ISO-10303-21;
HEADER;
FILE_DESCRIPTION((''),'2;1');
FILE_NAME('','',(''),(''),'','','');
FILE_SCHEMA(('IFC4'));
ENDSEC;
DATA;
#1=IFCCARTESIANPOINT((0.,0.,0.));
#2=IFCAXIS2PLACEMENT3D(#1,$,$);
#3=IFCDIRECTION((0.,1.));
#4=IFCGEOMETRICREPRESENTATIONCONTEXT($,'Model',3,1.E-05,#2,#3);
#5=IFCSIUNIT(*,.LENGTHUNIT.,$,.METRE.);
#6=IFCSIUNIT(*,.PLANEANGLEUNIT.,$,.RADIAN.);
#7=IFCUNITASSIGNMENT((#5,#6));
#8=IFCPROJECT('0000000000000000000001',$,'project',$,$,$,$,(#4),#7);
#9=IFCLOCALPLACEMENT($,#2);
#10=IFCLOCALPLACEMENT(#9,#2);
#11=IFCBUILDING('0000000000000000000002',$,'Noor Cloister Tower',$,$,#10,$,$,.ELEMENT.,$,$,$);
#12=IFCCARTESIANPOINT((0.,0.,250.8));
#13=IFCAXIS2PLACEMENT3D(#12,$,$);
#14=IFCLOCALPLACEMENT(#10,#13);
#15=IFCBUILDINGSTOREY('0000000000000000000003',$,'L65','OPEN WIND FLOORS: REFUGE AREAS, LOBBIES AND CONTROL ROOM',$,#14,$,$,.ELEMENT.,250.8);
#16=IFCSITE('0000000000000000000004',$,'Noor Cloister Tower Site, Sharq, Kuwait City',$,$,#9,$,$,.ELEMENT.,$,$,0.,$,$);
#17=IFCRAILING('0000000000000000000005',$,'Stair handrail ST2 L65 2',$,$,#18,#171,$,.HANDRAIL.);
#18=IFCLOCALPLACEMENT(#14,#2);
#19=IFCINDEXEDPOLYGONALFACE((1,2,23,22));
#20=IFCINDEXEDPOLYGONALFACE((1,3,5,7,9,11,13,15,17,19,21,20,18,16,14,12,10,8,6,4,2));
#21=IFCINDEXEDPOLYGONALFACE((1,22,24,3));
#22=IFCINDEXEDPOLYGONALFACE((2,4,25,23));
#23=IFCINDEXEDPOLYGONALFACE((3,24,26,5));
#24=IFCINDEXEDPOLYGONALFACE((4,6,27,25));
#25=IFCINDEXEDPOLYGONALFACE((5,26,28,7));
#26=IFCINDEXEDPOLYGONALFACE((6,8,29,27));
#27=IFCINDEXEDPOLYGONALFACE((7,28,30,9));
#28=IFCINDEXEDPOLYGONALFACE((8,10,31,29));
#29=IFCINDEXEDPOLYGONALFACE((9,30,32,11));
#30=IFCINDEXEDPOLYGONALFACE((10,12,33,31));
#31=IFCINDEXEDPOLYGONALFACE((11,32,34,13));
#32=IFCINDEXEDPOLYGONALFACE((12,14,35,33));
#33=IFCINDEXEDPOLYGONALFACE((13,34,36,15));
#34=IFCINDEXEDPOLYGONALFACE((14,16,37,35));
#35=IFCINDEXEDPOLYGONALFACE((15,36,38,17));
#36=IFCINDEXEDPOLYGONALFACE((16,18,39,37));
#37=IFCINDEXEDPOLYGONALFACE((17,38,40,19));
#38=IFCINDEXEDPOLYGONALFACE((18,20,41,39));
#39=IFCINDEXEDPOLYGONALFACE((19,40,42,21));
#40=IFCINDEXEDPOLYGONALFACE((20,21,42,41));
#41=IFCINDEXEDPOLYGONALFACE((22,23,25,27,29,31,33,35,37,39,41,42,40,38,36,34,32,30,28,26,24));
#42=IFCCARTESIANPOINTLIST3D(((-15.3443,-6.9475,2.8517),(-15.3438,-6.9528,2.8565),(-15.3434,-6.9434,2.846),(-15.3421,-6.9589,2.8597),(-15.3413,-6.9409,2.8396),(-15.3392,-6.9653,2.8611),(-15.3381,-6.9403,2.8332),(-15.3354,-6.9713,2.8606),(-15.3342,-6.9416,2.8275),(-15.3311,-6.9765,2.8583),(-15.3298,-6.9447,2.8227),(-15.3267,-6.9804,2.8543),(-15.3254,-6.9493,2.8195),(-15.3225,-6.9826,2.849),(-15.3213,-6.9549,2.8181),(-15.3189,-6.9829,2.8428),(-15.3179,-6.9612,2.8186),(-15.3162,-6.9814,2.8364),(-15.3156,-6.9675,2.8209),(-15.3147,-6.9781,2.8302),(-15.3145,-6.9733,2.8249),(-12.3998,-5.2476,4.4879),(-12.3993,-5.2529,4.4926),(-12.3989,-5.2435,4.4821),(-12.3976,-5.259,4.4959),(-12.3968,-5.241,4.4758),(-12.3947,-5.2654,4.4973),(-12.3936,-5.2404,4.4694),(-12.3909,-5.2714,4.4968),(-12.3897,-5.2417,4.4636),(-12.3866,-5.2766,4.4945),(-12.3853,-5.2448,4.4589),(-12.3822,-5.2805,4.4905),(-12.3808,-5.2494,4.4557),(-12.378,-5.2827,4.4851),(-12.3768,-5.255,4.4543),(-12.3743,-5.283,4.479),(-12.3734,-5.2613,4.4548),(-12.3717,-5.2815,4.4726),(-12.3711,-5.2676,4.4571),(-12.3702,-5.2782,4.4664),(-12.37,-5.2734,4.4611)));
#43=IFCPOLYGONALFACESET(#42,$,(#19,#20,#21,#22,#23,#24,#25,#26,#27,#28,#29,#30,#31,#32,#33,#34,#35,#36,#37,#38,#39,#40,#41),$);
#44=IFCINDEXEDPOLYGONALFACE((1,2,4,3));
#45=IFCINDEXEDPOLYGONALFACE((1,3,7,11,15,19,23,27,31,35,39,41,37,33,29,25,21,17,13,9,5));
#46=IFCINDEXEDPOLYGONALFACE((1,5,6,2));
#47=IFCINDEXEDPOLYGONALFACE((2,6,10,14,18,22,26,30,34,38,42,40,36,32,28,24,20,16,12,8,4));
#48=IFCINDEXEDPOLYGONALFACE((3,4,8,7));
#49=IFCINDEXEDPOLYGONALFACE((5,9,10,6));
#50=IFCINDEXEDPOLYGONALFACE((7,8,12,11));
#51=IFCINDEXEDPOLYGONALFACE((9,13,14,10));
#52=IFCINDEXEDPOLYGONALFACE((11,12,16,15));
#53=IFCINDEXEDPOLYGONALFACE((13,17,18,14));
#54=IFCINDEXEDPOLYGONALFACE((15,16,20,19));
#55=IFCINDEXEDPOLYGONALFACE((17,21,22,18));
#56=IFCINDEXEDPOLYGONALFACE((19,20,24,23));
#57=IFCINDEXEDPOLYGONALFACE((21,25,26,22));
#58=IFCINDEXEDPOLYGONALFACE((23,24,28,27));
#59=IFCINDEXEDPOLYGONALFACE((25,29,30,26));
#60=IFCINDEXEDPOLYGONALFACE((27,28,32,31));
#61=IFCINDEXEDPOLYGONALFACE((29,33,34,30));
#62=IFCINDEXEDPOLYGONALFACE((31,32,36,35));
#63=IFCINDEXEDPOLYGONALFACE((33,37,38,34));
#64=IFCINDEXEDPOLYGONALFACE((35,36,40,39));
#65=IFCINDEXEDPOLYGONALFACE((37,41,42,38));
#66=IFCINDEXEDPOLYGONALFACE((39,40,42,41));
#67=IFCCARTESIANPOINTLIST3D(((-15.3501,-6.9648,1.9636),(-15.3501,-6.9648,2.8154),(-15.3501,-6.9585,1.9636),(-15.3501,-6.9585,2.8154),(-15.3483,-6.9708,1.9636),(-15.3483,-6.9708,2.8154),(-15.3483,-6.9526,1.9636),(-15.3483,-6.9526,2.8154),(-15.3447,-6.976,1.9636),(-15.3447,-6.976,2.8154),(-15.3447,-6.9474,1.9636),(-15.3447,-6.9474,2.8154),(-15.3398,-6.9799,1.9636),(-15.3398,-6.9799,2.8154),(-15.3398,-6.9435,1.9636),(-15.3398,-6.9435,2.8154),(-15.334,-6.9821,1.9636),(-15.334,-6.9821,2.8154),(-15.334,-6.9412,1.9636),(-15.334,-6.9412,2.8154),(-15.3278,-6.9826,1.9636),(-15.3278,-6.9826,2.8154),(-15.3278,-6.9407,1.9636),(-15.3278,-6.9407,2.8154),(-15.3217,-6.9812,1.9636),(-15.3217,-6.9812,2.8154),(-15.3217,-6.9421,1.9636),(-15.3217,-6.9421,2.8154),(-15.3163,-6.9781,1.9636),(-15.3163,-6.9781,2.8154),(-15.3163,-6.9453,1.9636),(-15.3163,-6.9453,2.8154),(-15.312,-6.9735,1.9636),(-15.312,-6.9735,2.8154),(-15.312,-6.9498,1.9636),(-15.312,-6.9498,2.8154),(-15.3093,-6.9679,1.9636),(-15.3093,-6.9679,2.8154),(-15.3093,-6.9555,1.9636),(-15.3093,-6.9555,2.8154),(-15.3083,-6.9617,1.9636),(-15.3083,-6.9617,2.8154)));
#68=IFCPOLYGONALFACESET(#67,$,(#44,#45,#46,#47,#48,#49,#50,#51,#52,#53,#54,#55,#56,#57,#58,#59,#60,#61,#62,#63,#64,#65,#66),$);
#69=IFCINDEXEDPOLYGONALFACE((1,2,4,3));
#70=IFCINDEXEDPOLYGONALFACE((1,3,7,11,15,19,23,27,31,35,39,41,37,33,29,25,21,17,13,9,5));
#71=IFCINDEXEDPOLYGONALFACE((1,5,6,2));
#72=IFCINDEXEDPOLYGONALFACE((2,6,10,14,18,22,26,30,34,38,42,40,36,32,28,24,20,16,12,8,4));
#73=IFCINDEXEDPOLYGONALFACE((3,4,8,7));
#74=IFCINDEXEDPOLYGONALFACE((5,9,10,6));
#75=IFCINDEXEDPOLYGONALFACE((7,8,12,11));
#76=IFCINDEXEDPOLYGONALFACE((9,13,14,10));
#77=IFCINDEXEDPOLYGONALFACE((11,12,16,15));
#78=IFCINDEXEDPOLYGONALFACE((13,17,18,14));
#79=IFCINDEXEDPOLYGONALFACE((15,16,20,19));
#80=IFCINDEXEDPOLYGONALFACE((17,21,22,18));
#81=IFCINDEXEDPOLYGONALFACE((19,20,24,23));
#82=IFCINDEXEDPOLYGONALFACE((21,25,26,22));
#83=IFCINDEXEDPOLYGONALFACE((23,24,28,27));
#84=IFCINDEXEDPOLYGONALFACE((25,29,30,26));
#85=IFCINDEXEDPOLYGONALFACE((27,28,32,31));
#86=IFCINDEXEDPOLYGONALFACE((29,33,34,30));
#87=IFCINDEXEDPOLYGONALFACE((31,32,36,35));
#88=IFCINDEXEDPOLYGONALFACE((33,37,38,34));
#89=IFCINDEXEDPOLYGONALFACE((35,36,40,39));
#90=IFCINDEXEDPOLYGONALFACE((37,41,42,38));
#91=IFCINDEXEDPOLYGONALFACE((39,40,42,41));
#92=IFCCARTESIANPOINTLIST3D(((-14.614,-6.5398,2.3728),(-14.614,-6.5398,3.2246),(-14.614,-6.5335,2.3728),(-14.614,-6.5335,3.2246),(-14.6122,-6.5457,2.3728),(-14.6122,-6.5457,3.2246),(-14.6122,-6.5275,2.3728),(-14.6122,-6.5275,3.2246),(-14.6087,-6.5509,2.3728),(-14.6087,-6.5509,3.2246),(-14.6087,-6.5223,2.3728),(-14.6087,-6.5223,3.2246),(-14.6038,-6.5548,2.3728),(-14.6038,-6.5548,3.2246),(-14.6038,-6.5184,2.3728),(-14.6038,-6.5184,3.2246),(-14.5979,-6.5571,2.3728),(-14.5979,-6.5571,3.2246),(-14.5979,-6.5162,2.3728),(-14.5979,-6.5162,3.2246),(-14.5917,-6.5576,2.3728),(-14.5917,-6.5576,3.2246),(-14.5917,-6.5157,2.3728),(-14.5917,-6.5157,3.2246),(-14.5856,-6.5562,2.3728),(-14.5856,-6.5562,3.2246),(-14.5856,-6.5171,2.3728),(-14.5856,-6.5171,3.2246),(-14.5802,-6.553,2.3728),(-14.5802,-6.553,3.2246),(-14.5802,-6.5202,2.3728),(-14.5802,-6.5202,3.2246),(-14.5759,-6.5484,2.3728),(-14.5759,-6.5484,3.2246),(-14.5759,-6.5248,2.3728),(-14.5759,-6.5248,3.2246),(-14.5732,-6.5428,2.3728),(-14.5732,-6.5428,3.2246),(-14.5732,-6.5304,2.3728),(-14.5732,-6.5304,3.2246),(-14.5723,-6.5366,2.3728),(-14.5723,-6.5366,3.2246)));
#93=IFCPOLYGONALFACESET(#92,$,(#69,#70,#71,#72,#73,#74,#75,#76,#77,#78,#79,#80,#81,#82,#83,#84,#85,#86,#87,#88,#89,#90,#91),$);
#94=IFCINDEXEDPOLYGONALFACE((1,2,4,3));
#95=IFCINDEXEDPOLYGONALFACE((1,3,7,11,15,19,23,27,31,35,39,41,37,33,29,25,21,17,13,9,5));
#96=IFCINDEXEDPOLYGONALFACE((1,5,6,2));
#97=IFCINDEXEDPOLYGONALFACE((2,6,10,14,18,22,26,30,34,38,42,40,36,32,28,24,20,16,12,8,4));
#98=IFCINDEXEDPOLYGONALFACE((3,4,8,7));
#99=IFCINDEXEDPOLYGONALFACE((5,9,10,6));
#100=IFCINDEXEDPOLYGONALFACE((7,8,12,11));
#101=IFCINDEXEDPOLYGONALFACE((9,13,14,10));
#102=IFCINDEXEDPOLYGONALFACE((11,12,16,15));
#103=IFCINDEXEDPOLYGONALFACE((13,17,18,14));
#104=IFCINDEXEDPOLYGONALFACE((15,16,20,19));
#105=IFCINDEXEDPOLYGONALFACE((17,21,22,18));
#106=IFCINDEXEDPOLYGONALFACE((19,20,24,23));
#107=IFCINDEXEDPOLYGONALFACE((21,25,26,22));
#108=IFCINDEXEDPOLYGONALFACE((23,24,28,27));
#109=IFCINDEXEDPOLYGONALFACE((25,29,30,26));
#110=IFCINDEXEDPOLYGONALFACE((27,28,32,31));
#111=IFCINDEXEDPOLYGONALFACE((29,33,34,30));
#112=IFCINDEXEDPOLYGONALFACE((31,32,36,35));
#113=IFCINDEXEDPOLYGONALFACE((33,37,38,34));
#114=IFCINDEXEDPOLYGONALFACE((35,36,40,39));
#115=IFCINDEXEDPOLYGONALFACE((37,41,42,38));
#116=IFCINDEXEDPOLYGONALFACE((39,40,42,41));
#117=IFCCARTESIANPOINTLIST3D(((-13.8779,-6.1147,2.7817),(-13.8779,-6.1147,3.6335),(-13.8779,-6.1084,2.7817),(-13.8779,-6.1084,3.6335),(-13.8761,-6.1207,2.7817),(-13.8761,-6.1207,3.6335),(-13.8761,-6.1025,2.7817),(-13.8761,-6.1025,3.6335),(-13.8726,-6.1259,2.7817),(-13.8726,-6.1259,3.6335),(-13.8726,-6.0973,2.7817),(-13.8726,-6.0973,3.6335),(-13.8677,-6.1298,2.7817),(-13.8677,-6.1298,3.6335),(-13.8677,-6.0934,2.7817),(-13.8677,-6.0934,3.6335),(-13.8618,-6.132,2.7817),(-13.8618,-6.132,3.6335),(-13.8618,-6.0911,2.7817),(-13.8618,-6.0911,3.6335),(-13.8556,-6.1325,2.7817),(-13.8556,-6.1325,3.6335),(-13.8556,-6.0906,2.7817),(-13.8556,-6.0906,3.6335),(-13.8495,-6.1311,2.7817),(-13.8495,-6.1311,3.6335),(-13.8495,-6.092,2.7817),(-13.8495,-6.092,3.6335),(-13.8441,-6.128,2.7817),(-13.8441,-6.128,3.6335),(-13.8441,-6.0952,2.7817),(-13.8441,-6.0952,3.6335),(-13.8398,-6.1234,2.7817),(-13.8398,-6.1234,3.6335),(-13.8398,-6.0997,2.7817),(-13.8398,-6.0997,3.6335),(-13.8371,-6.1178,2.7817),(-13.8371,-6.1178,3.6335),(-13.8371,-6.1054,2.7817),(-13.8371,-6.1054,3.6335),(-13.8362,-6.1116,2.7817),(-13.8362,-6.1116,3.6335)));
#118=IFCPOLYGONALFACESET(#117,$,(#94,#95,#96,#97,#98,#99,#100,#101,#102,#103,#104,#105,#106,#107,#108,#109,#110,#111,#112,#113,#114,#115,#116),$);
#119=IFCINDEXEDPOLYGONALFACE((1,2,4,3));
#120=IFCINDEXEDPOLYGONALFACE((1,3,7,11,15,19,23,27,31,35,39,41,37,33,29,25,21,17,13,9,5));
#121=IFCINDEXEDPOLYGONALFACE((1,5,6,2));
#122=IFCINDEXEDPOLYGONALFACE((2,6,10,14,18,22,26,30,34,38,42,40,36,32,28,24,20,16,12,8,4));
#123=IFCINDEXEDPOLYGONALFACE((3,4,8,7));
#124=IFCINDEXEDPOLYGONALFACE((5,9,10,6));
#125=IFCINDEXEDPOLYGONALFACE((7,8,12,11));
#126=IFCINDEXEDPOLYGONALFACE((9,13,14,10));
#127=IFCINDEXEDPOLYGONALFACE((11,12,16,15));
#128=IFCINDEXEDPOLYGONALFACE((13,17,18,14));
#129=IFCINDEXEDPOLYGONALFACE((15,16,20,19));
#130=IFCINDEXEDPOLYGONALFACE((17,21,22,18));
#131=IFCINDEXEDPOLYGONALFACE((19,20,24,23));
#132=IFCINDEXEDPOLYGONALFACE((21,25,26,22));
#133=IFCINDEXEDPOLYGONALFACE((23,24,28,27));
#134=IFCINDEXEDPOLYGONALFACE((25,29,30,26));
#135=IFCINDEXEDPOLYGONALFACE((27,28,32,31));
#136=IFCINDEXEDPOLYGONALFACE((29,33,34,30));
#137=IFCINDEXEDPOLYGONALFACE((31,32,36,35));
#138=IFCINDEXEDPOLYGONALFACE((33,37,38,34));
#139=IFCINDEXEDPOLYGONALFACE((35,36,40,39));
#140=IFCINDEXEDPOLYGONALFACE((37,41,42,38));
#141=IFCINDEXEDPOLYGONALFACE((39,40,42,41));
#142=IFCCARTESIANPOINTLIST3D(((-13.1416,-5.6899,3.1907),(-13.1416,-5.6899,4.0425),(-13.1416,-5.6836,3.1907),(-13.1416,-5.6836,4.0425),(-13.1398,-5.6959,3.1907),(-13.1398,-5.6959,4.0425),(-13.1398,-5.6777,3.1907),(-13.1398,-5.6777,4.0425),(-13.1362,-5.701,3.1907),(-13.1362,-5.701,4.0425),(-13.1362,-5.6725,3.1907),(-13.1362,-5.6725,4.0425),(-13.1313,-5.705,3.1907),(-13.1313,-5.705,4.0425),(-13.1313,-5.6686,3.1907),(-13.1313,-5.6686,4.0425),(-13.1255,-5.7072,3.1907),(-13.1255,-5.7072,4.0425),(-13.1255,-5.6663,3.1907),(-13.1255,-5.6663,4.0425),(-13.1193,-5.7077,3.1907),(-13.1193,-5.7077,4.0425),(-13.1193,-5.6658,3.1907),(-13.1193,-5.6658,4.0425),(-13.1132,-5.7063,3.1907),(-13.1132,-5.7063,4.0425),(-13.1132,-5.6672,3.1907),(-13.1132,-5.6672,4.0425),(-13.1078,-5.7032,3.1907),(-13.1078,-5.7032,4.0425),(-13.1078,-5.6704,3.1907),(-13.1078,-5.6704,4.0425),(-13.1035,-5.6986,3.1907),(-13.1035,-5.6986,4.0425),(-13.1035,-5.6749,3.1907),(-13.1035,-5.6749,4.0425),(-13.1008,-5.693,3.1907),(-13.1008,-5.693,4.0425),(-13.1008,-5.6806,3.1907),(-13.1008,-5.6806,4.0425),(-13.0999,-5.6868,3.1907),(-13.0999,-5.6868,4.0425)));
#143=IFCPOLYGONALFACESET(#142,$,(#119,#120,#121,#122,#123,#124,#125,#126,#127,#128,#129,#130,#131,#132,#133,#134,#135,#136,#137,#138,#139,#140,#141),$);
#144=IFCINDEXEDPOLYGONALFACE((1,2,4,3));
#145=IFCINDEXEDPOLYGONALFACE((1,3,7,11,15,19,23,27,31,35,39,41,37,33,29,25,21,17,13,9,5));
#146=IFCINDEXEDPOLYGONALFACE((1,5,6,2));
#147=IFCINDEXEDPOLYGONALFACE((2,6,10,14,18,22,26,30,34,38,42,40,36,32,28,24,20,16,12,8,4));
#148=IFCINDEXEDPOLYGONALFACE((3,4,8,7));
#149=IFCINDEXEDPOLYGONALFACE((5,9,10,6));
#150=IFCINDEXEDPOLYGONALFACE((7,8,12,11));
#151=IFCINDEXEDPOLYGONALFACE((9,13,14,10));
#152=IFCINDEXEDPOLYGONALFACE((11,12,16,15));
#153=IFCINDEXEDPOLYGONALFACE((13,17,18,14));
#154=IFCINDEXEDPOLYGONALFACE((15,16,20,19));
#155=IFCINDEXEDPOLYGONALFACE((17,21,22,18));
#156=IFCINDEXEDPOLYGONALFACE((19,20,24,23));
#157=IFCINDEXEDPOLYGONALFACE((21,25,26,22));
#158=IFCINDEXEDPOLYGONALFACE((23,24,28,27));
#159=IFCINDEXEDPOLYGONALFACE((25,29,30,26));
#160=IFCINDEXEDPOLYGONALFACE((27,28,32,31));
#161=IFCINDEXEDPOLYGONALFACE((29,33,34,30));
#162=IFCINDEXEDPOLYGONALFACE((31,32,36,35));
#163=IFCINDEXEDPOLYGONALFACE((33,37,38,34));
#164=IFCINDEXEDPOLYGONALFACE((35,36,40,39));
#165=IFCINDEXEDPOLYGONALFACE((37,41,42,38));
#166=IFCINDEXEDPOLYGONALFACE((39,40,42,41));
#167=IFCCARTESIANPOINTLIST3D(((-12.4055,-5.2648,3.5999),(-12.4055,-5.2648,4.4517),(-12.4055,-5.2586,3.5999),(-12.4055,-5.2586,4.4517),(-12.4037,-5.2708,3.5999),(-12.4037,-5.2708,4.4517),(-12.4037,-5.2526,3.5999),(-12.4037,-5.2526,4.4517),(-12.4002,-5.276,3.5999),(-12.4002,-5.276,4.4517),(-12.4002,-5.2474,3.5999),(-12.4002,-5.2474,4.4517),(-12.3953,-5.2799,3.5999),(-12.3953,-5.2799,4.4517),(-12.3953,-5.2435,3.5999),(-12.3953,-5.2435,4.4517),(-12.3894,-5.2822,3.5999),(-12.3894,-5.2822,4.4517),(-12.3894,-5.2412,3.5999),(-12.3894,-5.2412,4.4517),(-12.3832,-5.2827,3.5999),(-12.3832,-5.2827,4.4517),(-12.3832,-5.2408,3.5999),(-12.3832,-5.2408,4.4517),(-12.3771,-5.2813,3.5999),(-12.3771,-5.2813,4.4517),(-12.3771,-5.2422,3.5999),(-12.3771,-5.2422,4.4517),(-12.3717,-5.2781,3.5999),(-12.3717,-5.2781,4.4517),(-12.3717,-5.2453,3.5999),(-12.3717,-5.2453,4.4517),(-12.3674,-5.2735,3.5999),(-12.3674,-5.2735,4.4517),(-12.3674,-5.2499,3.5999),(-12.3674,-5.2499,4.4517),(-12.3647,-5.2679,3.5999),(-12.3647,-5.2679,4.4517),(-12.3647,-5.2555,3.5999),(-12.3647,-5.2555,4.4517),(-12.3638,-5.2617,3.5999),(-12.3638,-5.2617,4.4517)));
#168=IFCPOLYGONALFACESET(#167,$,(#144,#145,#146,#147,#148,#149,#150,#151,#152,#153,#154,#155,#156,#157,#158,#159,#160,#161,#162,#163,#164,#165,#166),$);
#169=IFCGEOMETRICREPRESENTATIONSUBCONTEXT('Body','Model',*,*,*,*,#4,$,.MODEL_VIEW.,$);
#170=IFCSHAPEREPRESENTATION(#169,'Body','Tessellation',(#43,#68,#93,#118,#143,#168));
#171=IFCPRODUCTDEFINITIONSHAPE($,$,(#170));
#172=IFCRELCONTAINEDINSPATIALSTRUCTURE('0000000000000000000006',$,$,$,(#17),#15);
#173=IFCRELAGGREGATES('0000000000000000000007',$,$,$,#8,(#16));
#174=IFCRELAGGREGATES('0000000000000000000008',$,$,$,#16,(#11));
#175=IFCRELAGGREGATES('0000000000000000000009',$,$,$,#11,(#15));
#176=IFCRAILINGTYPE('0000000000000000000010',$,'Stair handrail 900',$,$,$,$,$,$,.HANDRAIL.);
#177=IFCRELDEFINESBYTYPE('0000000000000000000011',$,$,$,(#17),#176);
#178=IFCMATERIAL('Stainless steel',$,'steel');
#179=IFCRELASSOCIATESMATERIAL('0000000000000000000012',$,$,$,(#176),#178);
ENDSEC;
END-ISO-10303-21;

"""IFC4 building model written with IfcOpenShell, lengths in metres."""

from ifc_helpers import new_model, si_unit, direction, frame, origin, origin_2d, place, context, subcontext, project, spatial, circle, extrude, material, type_object, element, save


model = new_model("IFC4")

# Units and contexts
model_context = context("Model", 3, precision=1e-05, world=origin(), true_north=direction((0.0, 1.0)))
body_context = subcontext(model_context, "Body", "Model", "MODEL_VIEW")
ifc_project = project(units=[si_unit("LENGTHUNIT", "METRE"), si_unit("PLANEANGLEUNIT", "RADIAN")], contexts=[model_context])

# Site, building, storey
site_placement = place(None, origin())
site = spatial("IfcSite", under=ifc_project, at=site_placement, Name="Noor Cloister Tower Site, Sharq, Kuwait City", CompositionType="ELEMENT", RefElevation=0.0)
building_placement = place(site_placement, origin())
building = spatial("IfcBuilding", under=site, at=building_placement, Name="Noor Cloister Tower", CompositionType="ELEMENT")
storey_placement = place(building_placement, frame((0.0, 0.0, 250.8)))
storey = spatial("IfcBuildingStorey", under=building, at=storey_placement, Name="L65", Description="OPEN WIND FLOORS: REFUGE AREAS, LOBBIES AND CONTROL ROOM", CompositionType="ELEMENT", Elevation=250.8)

# Railing
ifc_material_1 = material(Name="Stainless steel", Category="steel")
railing_type_1 = type_object("IfcRailingType", Name="Stair handrail 900", PredefinedType="HANDRAIL", material=ifc_material_1)
railing_1_placement = place(storey_placement, frame((-15.3293, -6.9617, 1.9636)))
element("IfcRailing", 1, at=railing_1_placement, inside=storey, type_object=railing_type_1, Name="Stair handrail ST2 L65 2", PredefinedType="HANDRAIL", context=body_context, shape_type="SweptSolid", body=[
    extrude(circle(Radius=0.0239, at=origin_2d()), frame((0.0, 0.0, 0.876), z_axis=(0.780377, 0.450524, 0.433636), x_axis=(-0.499977, 0.866039, 0.0)), (0.0, 0.0, 1.0), 3.7732),
    extrude(circle(Radius=0.021, at=origin_2d()), origin(), (0.0, 0.0, 1.0), 0.8518),
    extrude(circle(Radius=0.021, at=origin_2d()), frame((0.7361, 0.425, 0.4092)), (0.0, 0.0, 1.0), 0.8518),
    extrude(circle(Radius=0.021, at=origin_2d()), frame((1.4722, 0.8501, 0.8181)), (0.0, 0.0, 1.0), 0.8518),
    extrude(circle(Radius=0.021, at=origin_2d()), frame((2.2085, 1.2749, 1.2271)), (0.0, 0.0, 1.0), 0.8518),
    extrude(circle(Radius=0.021, at=origin_2d()), frame((2.9446, 1.7, 1.6362)), (0.0, 0.0, 1.0), 0.8518),
])

save(model, "model.ifc")
